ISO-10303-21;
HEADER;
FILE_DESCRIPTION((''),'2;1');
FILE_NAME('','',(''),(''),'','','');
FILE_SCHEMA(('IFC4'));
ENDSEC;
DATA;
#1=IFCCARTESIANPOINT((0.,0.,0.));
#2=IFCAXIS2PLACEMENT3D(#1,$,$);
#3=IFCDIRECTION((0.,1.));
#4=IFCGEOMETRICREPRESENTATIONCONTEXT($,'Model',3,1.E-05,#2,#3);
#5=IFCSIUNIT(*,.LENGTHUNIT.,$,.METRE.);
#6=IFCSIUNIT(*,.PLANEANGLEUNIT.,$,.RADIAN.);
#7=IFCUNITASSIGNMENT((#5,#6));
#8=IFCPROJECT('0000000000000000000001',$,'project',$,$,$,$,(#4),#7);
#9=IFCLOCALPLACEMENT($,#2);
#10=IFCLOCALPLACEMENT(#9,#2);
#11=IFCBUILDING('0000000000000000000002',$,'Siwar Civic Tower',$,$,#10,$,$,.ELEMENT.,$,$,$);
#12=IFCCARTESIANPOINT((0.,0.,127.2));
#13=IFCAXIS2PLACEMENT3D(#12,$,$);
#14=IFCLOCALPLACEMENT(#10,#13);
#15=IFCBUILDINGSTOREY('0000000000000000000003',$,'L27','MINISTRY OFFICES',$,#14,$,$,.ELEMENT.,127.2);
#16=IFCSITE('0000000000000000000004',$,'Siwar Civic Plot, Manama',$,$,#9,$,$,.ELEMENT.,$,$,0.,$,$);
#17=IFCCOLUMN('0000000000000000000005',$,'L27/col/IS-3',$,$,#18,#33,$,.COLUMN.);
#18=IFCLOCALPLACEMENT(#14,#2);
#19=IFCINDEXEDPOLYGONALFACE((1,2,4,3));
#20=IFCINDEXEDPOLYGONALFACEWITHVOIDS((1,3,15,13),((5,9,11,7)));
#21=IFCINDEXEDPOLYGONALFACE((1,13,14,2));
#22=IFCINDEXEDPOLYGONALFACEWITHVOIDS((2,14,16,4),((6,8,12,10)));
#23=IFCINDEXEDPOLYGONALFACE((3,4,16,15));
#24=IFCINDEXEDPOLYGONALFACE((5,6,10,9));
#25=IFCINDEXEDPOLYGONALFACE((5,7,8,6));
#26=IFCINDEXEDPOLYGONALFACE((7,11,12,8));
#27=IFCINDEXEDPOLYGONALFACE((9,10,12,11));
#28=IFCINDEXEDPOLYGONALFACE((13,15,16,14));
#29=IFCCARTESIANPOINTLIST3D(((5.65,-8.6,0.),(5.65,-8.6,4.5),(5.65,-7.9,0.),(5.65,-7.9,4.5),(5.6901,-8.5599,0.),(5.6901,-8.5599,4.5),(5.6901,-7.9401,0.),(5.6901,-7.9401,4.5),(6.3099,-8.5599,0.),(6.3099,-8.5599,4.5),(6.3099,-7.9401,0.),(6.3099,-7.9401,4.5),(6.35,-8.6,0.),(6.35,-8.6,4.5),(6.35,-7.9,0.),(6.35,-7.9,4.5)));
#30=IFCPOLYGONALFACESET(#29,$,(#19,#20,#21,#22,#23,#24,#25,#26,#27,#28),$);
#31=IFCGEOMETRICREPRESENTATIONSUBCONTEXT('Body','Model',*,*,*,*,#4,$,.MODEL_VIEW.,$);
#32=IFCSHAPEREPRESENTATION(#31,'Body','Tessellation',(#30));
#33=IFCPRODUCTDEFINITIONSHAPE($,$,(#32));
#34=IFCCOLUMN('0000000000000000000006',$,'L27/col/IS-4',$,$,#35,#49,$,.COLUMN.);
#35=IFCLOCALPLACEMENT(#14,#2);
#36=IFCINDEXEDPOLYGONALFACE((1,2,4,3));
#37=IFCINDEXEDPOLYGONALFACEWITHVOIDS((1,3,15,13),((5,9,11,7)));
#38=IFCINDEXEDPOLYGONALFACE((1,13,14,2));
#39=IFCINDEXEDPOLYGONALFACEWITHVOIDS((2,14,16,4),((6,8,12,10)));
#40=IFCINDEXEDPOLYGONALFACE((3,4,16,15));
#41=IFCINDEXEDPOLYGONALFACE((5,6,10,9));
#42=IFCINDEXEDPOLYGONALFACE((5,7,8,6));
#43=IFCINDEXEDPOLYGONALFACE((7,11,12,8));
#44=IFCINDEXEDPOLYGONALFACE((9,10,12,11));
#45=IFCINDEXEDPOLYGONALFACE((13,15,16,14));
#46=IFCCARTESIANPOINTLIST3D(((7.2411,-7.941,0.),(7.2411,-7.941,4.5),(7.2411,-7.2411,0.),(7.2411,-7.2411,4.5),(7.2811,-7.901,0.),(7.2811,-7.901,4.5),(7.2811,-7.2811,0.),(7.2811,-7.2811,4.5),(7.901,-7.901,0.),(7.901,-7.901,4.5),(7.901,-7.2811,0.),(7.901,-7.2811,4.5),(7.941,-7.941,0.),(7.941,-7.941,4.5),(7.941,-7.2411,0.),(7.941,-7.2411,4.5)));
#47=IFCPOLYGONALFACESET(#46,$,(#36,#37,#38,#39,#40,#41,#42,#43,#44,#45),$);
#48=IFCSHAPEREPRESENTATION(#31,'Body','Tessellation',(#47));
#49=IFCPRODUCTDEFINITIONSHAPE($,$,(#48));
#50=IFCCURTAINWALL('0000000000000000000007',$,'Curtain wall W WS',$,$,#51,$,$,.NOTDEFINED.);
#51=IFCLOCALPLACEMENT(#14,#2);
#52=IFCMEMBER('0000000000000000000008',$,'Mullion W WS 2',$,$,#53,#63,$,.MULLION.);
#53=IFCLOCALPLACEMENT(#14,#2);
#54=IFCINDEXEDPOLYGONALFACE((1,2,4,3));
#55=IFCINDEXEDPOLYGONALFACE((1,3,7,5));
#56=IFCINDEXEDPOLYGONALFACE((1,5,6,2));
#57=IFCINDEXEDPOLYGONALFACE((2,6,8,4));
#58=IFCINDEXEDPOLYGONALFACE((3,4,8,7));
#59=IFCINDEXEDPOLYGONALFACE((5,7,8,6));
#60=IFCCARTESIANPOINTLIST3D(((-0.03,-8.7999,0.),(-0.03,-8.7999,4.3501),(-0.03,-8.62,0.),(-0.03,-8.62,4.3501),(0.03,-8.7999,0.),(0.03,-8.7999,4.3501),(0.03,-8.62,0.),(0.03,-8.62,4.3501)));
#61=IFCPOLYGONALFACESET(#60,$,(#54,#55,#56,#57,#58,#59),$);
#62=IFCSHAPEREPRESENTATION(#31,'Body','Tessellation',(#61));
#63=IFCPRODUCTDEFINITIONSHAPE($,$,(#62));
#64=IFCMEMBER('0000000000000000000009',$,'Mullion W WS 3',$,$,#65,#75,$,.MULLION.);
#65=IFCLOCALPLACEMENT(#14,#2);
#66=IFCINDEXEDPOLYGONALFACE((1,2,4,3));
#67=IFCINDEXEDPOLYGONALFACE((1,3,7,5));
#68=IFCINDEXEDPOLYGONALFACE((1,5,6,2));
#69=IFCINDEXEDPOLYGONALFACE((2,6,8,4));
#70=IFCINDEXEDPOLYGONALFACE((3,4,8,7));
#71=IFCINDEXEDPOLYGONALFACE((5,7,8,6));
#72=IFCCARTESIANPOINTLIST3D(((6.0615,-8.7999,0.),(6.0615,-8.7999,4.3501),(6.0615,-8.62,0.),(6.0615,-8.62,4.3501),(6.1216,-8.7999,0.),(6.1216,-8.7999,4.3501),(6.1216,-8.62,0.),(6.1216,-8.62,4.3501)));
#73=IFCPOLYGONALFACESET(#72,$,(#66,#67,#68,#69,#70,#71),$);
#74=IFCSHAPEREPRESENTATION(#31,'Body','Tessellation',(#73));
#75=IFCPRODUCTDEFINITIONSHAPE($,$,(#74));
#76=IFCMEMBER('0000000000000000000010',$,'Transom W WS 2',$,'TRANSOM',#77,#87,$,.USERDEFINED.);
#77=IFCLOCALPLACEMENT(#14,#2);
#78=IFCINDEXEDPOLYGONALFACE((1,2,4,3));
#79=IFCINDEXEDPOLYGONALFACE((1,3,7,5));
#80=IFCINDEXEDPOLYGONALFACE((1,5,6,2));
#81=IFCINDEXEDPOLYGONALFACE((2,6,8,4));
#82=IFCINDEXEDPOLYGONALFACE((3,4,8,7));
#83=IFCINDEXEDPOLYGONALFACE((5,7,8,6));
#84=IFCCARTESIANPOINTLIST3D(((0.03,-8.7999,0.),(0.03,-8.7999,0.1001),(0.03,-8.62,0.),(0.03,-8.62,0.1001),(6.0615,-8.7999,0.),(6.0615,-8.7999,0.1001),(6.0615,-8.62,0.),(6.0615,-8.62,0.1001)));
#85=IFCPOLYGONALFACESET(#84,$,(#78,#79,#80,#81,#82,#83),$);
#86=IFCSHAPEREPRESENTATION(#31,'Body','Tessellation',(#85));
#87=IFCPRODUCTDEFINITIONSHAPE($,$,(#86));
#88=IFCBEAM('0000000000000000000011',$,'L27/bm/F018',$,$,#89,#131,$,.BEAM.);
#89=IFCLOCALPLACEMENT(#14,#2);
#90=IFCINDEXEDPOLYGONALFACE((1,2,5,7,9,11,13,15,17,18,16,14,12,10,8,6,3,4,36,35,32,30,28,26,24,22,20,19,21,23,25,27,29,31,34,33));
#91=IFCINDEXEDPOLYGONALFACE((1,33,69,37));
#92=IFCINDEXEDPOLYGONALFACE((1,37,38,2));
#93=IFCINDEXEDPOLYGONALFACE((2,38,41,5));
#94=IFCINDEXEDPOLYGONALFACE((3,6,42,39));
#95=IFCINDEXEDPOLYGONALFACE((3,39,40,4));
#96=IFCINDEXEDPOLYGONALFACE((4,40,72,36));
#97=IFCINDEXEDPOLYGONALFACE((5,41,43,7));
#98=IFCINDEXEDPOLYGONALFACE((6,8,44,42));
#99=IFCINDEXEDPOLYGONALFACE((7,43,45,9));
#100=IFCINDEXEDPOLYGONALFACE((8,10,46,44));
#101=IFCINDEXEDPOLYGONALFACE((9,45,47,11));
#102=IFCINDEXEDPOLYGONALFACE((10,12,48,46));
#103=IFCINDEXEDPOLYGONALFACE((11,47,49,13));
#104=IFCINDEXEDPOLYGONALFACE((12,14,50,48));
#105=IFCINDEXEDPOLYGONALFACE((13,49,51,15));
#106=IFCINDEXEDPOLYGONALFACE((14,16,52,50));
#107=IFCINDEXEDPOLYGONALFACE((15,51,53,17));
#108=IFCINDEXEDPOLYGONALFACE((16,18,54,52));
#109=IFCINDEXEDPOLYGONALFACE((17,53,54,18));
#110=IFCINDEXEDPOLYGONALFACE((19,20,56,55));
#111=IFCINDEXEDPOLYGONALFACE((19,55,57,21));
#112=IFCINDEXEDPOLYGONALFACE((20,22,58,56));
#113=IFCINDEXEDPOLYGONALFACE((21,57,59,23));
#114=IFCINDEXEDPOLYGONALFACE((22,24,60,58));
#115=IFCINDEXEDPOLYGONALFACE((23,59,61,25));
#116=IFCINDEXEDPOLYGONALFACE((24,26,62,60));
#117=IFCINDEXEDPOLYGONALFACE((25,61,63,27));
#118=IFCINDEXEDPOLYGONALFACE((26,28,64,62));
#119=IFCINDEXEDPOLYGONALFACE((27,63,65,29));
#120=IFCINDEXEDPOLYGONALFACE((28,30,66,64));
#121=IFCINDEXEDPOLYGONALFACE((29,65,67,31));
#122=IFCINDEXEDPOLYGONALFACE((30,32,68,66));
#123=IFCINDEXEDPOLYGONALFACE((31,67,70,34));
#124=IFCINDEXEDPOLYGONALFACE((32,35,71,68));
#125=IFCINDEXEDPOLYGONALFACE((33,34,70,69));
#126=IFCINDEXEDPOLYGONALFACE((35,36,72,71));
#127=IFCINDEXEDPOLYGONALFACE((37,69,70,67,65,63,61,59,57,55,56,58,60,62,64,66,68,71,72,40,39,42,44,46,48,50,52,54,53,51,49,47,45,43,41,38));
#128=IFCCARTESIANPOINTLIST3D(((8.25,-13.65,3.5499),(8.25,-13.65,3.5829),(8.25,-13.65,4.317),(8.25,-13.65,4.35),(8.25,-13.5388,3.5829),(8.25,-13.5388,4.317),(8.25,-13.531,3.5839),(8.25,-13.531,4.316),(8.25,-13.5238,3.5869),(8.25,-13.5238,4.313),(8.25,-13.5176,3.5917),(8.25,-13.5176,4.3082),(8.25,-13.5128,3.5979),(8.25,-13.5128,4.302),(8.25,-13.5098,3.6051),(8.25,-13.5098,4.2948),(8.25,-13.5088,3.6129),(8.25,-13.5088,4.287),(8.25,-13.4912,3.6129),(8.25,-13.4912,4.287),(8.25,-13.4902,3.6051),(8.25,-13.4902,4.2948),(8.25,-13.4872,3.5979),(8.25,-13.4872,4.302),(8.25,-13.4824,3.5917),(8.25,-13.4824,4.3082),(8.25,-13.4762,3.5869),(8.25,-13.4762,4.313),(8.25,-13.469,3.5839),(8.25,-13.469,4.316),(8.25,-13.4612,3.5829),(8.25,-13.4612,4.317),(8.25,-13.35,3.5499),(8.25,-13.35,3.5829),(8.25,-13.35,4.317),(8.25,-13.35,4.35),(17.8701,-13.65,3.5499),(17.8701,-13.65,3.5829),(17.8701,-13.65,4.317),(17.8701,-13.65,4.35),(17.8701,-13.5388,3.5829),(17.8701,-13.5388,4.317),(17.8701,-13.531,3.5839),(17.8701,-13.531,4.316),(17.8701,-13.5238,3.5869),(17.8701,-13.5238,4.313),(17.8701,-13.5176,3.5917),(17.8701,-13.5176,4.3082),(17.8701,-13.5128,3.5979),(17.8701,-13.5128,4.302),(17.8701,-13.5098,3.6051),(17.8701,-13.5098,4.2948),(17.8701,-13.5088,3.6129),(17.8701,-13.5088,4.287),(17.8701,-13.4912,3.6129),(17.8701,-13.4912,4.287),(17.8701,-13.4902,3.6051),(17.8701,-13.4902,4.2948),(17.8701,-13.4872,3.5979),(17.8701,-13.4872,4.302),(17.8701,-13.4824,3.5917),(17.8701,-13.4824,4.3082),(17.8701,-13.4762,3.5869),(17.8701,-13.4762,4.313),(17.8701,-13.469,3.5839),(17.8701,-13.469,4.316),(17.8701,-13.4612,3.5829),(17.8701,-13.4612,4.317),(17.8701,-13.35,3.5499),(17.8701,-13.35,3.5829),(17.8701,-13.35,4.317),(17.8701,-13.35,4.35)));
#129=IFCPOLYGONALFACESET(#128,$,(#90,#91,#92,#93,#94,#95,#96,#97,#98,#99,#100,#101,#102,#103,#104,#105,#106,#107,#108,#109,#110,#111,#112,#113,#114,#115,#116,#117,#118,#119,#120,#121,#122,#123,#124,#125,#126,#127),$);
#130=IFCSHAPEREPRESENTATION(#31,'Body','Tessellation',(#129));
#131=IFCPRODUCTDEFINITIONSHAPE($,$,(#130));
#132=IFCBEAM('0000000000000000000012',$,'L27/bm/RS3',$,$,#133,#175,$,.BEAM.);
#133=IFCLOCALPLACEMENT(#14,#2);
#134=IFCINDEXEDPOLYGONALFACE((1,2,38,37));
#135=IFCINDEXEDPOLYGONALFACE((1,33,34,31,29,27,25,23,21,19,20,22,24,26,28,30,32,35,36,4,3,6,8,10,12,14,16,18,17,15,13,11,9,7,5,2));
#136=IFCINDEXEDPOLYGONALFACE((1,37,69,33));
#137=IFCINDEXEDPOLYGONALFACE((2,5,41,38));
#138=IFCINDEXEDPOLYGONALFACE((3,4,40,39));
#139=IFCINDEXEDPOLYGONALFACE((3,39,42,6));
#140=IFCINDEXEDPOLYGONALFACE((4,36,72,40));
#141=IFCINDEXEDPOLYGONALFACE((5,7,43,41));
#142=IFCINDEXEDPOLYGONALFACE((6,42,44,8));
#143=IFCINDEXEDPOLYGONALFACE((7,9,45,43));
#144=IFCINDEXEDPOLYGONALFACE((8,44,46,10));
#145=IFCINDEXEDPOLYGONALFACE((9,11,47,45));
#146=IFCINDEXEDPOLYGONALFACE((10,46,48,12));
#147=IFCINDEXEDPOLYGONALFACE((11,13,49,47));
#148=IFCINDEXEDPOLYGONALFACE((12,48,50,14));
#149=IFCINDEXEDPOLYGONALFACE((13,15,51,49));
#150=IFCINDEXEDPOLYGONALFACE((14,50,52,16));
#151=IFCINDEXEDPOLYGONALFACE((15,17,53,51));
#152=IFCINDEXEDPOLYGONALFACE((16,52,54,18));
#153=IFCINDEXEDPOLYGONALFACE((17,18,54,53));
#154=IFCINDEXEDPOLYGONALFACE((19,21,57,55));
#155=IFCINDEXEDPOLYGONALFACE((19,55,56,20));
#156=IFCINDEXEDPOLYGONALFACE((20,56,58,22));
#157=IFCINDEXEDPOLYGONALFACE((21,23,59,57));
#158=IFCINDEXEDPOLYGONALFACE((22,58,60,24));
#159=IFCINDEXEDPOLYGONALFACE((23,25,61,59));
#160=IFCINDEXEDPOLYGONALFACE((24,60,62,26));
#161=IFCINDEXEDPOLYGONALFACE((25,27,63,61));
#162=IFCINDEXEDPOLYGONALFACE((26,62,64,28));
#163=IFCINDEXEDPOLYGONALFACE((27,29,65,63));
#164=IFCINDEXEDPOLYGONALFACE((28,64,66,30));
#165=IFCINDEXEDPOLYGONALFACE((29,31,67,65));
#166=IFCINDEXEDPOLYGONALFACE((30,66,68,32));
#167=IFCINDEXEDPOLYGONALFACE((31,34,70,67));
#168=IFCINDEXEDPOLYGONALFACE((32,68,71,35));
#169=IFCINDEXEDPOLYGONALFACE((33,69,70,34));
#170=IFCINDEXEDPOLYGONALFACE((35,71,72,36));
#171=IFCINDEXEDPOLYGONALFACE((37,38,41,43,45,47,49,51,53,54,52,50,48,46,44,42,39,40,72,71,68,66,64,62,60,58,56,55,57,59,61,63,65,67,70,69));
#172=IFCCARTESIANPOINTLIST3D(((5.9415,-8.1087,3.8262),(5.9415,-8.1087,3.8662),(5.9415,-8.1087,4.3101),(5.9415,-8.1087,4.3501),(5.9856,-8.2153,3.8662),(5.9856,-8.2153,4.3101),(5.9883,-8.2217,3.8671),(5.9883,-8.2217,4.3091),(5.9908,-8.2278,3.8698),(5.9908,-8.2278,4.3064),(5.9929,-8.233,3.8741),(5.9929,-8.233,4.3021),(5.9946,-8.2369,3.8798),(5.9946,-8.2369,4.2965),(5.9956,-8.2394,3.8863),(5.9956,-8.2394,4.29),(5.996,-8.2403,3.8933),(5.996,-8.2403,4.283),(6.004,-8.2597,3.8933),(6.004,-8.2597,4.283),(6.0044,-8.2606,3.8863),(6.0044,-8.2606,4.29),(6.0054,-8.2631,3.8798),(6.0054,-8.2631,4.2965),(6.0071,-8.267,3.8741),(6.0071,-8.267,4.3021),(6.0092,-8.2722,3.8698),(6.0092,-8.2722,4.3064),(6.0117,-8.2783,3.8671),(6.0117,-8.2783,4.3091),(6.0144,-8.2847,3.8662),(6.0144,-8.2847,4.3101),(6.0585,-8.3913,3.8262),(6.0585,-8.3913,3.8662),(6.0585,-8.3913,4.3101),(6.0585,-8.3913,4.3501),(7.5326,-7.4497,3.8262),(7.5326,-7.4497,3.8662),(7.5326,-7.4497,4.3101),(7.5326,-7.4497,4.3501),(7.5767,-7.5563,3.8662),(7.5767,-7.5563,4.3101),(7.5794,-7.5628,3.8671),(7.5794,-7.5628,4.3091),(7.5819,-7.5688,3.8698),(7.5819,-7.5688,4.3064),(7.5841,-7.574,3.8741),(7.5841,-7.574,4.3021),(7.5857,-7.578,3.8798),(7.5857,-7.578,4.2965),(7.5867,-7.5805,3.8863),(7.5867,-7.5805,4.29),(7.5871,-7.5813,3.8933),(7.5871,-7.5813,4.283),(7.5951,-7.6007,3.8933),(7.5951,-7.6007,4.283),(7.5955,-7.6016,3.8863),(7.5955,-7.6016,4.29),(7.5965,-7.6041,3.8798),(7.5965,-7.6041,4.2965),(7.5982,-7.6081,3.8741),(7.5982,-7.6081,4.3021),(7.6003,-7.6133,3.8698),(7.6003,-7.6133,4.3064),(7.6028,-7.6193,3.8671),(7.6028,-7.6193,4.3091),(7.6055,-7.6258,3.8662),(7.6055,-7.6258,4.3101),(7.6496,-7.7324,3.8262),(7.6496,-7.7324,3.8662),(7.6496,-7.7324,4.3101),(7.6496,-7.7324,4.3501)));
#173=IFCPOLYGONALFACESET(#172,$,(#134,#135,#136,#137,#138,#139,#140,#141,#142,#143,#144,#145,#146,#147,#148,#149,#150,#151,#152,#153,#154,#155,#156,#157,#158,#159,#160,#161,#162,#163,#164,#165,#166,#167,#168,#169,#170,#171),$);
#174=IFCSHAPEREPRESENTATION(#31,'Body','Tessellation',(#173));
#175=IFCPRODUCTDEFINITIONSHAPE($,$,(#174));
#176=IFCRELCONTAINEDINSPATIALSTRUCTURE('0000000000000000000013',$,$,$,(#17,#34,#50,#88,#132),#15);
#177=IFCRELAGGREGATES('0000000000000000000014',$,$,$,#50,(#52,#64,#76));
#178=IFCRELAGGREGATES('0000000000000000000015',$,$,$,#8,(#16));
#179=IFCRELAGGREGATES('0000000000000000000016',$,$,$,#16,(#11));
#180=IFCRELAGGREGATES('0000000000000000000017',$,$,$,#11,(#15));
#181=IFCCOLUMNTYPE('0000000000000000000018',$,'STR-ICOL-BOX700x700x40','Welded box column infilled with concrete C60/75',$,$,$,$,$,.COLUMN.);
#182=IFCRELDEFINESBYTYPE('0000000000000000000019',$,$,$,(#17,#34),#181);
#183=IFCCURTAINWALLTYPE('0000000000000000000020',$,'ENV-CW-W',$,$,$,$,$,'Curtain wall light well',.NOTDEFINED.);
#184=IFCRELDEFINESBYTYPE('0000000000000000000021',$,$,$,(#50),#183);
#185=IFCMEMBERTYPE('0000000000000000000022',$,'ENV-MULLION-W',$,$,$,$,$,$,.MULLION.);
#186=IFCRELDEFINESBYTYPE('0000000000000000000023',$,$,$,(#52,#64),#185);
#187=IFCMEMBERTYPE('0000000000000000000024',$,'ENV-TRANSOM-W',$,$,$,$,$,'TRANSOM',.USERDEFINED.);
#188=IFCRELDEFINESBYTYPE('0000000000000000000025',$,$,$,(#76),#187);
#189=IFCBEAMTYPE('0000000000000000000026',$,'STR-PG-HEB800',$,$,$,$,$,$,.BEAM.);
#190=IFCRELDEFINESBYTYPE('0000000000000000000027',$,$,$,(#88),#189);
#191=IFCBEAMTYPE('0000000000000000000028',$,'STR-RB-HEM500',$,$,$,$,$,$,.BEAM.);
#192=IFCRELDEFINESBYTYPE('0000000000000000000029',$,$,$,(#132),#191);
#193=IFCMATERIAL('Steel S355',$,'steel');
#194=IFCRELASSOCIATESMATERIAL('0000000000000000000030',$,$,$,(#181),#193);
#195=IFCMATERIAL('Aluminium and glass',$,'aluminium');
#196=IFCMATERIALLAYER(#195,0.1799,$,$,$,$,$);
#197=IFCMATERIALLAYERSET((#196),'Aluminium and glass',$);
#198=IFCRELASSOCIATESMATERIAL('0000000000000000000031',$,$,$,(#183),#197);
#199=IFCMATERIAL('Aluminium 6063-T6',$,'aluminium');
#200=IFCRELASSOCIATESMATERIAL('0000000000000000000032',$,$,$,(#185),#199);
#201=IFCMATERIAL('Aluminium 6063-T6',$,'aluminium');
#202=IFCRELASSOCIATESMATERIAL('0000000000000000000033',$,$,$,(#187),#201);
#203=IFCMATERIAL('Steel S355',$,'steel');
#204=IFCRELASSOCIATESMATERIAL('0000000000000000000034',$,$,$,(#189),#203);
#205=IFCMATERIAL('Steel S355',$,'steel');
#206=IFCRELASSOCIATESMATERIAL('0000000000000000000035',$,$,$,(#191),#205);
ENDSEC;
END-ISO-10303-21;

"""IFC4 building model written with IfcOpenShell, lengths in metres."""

from ifc_helpers import new_model, si_unit, direction, frame, origin, origin_2d, place, context, subcontext, project, spatial, rectangle, hollow_rectangle, i_section, extrude, material, layer, layer_set, material_profile, profile_set, type_object, element, aggregate, save


model = new_model("IFC4")

# Units and contexts
model_context = context("Model", 3, precision=1e-05, world=origin(), true_north=direction((0.0, 1.0)))
body_context = subcontext(model_context, "Body", "Model", "MODEL_VIEW")
ifc_project = project(units=[si_unit("LENGTHUNIT", "METRE"), si_unit("PLANEANGLEUNIT", "RADIAN")], contexts=[model_context])

# Site, building, storey
site_placement = place(None, origin())
site = spatial("IfcSite", under=ifc_project, at=site_placement, Name="Siwar Civic Plot, Manama", CompositionType="ELEMENT", RefElevation=0.0)
building_placement = place(site_placement, origin())
building = spatial("IfcBuilding", under=site, at=building_placement, Name="Siwar Civic Tower", CompositionType="ELEMENT")
storey_placement = place(building_placement, frame((0.0, 0.0, 127.2)))
storey = spatial("IfcBuildingStorey", under=building, at=storey_placement, Name="L27", Description="MINISTRY OFFICES", CompositionType="ELEMENT", Elevation=127.2)

# Columns
ifc_material_1 = material(Name="Steel S355", Category="steel")
ifc_material_profile_1 = material_profile(ifc_material_1, hollow_rectangle(XDim=0.7, YDim=0.7, WallThickness=0.04, at=origin_2d()), Name="BOX700x700x40")
ifc_profile_set_1 = profile_set([ifc_material_profile_1], Name="Steel S355")
column_type = type_object("IfcColumnType", Name="STR-ICOL-BOX700x700x40", Description="Welded box column infilled with concrete C60/75", PredefinedType="COLUMN", material=ifc_profile_set_1)
for number, where, z_axis, x_axis, name in (
    (1, (6.0, -8.25, 0.0), (0.0, 0.0, 1.0), (1.0, 0.0, 0.0), "L27/col/IS-3"),
    (2, (7.5911, -7.5911, 0.0), (0.0, 0.0, 1.0), (1.0, 0.0, 0.0), "L27/col/IS-4"),
):
    element("IfcColumn", number, at=place(storey_placement, frame(where, z_axis=z_axis, x_axis=x_axis)), inside=storey, type_object=column_type, Name=name, PredefinedType="COLUMN", context=body_context, shape_type="SweptSolid", body=[
        extrude(hollow_rectangle(XDim=0.7, YDim=0.7, WallThickness=0.04, at=origin_2d()), origin(), (0.0, 0.0, 1.0), 4.5),
    ])

# Curtain wall, members
ifc_material_2 = material(Name="Aluminium and glass", Category="aluminium")
ifc_layer_1 = layer(ifc_material_2, 0.1799)
ifc_layer_set_1 = layer_set([ifc_layer_1], Name="Aluminium and glass")
curtain_wall_type = type_object("IfcCurtainWallType", Name="ENV-CW-W", ElementType="Curtain wall light well", PredefinedType="NOTDEFINED", material=ifc_layer_set_1)
curtain_wall_placement = place(storey_placement, origin())
curtain_wall = element("IfcCurtainWall", 3, at=curtain_wall_placement, inside=storey, type_object=curtain_wall_type, Name="Curtain wall W WS", PredefinedType="NOTDEFINED")
ifc_material_3 = material(Name="Aluminium 6063-T6", Category="aluminium")
ifc_material_profile_2 = material_profile(ifc_material_3, rectangle(XDim=0.1799, YDim=0.0601, at=origin_2d()), Name="AL 180x60")
ifc_profile_set_2 = profile_set([ifc_material_profile_2], Name="Aluminium 6063-T6")
member_type_1 = type_object("IfcMemberType", Name="ENV-MULLION-W", PredefinedType="MULLION", material=ifc_profile_set_2)
member_1_placement = place(storey_placement, frame((0.0, -8.71, 0.0), z_axis=(0.0, 0.0, 1.0), x_axis=(0.0, 1.0, 0.0)))
member_1 = element("IfcMember", 4, at=member_1_placement, type_object=member_type_1, Name="Mullion W WS 2", PredefinedType="MULLION", context=body_context, shape_type="SweptSolid", body=[
    extrude(rectangle(XDim=0.1799, YDim=0.0601, at=origin_2d()), origin(), (0.0, 0.0, 1.0), 4.3501),
])
member_2_placement = place(storey_placement, frame((6.0916, -8.71, 0.0), z_axis=(0.0, 0.0, 1.0), x_axis=(0.0, 1.0, 0.0)))
member_2 = element("IfcMember", 5, at=member_2_placement, type_object=member_type_1, Name="Mullion W WS 3", PredefinedType="MULLION", context=body_context, shape_type="SweptSolid", body=[
    extrude(rectangle(XDim=0.1799, YDim=0.0601, at=origin_2d()), origin(), (0.0, 0.0, 1.0), 4.3501),
])
ifc_material_4 = material(Name="Aluminium 6063-T6", Category="aluminium")
ifc_material_profile_3 = material_profile(ifc_material_4, rectangle(XDim=0.1799, YDim=0.1001, at=origin_2d()), Name="AL 180x100")
ifc_profile_set_3 = profile_set([ifc_material_profile_3], Name="Aluminium 6063-T6")
member_type_2 = type_object("IfcMemberType", Name="ENV-TRANSOM-W", ElementType="TRANSOM", PredefinedType="USERDEFINED", material=ifc_profile_set_3)
member_3_placement = place(storey_placement, frame((0.03, -8.71, 0.05), z_axis=(1.0, 0.0, 0.0), x_axis=(0.0, 1.0, 0.0)))
member_3 = element("IfcMember", 6, at=member_3_placement, type_object=member_type_2, Name="Transom W WS 2", ObjectType="TRANSOM", PredefinedType="USERDEFINED", context=body_context, shape_type="SweptSolid", body=[
    extrude(rectangle(XDim=0.1799, YDim=0.1001, at=origin_2d()), origin(), (0.0, 0.0, 1.0), 6.0315),
])

# Beams
ifc_material_5 = material(Name="Steel S355", Category="steel")
ifc_material_profile_4 = material_profile(ifc_material_5, i_section(OverallWidth=0.3, OverallDepth=0.8, WebThickness=0.0176, FlangeThickness=0.033, FilletRadius=0.03, at=origin_2d()), Name="HEB800")
ifc_profile_set_4 = profile_set([ifc_material_profile_4], Name="Steel S355")
beam_type_1 = type_object("IfcBeamType", Name="STR-PG-HEB800", PredefinedType="BEAM", material=ifc_profile_set_4)
beam_placement = place(storey_placement, frame((8.25, -13.5, 3.95), z_axis=(1.0, 0.0, 0.0), x_axis=(0.0, 1.0, 0.0)))
element("IfcBeam", 7, at=beam_placement, inside=storey, type_object=beam_type_1, Name="L27/bm/F018", PredefinedType="BEAM", context=body_context, shape_type="SweptSolid", body=[
    extrude(i_section(OverallWidth=0.3, OverallDepth=0.8, WebThickness=0.0176, FlangeThickness=0.033, FilletRadius=0.03, at=origin_2d()), origin(), (0.0, 0.0, 1.0), 9.6201),
])
ifc_material_6 = material(Name="Steel S355", Category="steel")
ifc_material_profile_5 = material_profile(ifc_material_6, i_section(OverallWidth=0.3059, OverallDepth=0.5239, WebThickness=0.021, FlangeThickness=0.04, FilletRadius=0.0271, at=origin_2d()), Name="HEM500")
ifc_profile_set_5 = profile_set([ifc_material_profile_5], Name="Steel S355")
beam_type_2 = type_object("IfcBeamType", Name="STR-RB-HEM500", PredefinedType="BEAM", material=ifc_profile_set_5)
for number, where, z_axis, x_axis, name in (
    (8, (6.0, -8.25, 4.0881), (0.923901, 0.382631, 0.0), (-0.382631, 0.923901, 0.0), "L27/bm/RS3"),
):
    element("IfcBeam", number, at=place(storey_placement, frame(where, z_axis=z_axis, x_axis=x_axis)), inside=storey, type_object=beam_type_2, Name=name, PredefinedType="BEAM", context=body_context, shape_type="SweptSolid", body=[
        extrude(i_section(OverallWidth=0.3059, OverallDepth=0.5239, WebThickness=0.021, FlangeThickness=0.04, FilletRadius=0.0271, at=origin_2d()), origin(), (0.0, 0.0, 1.0), 1.7222),
    ])

aggregate(curtain_wall, [member_1, member_2, member_3])

save(model, "model.ifc")
